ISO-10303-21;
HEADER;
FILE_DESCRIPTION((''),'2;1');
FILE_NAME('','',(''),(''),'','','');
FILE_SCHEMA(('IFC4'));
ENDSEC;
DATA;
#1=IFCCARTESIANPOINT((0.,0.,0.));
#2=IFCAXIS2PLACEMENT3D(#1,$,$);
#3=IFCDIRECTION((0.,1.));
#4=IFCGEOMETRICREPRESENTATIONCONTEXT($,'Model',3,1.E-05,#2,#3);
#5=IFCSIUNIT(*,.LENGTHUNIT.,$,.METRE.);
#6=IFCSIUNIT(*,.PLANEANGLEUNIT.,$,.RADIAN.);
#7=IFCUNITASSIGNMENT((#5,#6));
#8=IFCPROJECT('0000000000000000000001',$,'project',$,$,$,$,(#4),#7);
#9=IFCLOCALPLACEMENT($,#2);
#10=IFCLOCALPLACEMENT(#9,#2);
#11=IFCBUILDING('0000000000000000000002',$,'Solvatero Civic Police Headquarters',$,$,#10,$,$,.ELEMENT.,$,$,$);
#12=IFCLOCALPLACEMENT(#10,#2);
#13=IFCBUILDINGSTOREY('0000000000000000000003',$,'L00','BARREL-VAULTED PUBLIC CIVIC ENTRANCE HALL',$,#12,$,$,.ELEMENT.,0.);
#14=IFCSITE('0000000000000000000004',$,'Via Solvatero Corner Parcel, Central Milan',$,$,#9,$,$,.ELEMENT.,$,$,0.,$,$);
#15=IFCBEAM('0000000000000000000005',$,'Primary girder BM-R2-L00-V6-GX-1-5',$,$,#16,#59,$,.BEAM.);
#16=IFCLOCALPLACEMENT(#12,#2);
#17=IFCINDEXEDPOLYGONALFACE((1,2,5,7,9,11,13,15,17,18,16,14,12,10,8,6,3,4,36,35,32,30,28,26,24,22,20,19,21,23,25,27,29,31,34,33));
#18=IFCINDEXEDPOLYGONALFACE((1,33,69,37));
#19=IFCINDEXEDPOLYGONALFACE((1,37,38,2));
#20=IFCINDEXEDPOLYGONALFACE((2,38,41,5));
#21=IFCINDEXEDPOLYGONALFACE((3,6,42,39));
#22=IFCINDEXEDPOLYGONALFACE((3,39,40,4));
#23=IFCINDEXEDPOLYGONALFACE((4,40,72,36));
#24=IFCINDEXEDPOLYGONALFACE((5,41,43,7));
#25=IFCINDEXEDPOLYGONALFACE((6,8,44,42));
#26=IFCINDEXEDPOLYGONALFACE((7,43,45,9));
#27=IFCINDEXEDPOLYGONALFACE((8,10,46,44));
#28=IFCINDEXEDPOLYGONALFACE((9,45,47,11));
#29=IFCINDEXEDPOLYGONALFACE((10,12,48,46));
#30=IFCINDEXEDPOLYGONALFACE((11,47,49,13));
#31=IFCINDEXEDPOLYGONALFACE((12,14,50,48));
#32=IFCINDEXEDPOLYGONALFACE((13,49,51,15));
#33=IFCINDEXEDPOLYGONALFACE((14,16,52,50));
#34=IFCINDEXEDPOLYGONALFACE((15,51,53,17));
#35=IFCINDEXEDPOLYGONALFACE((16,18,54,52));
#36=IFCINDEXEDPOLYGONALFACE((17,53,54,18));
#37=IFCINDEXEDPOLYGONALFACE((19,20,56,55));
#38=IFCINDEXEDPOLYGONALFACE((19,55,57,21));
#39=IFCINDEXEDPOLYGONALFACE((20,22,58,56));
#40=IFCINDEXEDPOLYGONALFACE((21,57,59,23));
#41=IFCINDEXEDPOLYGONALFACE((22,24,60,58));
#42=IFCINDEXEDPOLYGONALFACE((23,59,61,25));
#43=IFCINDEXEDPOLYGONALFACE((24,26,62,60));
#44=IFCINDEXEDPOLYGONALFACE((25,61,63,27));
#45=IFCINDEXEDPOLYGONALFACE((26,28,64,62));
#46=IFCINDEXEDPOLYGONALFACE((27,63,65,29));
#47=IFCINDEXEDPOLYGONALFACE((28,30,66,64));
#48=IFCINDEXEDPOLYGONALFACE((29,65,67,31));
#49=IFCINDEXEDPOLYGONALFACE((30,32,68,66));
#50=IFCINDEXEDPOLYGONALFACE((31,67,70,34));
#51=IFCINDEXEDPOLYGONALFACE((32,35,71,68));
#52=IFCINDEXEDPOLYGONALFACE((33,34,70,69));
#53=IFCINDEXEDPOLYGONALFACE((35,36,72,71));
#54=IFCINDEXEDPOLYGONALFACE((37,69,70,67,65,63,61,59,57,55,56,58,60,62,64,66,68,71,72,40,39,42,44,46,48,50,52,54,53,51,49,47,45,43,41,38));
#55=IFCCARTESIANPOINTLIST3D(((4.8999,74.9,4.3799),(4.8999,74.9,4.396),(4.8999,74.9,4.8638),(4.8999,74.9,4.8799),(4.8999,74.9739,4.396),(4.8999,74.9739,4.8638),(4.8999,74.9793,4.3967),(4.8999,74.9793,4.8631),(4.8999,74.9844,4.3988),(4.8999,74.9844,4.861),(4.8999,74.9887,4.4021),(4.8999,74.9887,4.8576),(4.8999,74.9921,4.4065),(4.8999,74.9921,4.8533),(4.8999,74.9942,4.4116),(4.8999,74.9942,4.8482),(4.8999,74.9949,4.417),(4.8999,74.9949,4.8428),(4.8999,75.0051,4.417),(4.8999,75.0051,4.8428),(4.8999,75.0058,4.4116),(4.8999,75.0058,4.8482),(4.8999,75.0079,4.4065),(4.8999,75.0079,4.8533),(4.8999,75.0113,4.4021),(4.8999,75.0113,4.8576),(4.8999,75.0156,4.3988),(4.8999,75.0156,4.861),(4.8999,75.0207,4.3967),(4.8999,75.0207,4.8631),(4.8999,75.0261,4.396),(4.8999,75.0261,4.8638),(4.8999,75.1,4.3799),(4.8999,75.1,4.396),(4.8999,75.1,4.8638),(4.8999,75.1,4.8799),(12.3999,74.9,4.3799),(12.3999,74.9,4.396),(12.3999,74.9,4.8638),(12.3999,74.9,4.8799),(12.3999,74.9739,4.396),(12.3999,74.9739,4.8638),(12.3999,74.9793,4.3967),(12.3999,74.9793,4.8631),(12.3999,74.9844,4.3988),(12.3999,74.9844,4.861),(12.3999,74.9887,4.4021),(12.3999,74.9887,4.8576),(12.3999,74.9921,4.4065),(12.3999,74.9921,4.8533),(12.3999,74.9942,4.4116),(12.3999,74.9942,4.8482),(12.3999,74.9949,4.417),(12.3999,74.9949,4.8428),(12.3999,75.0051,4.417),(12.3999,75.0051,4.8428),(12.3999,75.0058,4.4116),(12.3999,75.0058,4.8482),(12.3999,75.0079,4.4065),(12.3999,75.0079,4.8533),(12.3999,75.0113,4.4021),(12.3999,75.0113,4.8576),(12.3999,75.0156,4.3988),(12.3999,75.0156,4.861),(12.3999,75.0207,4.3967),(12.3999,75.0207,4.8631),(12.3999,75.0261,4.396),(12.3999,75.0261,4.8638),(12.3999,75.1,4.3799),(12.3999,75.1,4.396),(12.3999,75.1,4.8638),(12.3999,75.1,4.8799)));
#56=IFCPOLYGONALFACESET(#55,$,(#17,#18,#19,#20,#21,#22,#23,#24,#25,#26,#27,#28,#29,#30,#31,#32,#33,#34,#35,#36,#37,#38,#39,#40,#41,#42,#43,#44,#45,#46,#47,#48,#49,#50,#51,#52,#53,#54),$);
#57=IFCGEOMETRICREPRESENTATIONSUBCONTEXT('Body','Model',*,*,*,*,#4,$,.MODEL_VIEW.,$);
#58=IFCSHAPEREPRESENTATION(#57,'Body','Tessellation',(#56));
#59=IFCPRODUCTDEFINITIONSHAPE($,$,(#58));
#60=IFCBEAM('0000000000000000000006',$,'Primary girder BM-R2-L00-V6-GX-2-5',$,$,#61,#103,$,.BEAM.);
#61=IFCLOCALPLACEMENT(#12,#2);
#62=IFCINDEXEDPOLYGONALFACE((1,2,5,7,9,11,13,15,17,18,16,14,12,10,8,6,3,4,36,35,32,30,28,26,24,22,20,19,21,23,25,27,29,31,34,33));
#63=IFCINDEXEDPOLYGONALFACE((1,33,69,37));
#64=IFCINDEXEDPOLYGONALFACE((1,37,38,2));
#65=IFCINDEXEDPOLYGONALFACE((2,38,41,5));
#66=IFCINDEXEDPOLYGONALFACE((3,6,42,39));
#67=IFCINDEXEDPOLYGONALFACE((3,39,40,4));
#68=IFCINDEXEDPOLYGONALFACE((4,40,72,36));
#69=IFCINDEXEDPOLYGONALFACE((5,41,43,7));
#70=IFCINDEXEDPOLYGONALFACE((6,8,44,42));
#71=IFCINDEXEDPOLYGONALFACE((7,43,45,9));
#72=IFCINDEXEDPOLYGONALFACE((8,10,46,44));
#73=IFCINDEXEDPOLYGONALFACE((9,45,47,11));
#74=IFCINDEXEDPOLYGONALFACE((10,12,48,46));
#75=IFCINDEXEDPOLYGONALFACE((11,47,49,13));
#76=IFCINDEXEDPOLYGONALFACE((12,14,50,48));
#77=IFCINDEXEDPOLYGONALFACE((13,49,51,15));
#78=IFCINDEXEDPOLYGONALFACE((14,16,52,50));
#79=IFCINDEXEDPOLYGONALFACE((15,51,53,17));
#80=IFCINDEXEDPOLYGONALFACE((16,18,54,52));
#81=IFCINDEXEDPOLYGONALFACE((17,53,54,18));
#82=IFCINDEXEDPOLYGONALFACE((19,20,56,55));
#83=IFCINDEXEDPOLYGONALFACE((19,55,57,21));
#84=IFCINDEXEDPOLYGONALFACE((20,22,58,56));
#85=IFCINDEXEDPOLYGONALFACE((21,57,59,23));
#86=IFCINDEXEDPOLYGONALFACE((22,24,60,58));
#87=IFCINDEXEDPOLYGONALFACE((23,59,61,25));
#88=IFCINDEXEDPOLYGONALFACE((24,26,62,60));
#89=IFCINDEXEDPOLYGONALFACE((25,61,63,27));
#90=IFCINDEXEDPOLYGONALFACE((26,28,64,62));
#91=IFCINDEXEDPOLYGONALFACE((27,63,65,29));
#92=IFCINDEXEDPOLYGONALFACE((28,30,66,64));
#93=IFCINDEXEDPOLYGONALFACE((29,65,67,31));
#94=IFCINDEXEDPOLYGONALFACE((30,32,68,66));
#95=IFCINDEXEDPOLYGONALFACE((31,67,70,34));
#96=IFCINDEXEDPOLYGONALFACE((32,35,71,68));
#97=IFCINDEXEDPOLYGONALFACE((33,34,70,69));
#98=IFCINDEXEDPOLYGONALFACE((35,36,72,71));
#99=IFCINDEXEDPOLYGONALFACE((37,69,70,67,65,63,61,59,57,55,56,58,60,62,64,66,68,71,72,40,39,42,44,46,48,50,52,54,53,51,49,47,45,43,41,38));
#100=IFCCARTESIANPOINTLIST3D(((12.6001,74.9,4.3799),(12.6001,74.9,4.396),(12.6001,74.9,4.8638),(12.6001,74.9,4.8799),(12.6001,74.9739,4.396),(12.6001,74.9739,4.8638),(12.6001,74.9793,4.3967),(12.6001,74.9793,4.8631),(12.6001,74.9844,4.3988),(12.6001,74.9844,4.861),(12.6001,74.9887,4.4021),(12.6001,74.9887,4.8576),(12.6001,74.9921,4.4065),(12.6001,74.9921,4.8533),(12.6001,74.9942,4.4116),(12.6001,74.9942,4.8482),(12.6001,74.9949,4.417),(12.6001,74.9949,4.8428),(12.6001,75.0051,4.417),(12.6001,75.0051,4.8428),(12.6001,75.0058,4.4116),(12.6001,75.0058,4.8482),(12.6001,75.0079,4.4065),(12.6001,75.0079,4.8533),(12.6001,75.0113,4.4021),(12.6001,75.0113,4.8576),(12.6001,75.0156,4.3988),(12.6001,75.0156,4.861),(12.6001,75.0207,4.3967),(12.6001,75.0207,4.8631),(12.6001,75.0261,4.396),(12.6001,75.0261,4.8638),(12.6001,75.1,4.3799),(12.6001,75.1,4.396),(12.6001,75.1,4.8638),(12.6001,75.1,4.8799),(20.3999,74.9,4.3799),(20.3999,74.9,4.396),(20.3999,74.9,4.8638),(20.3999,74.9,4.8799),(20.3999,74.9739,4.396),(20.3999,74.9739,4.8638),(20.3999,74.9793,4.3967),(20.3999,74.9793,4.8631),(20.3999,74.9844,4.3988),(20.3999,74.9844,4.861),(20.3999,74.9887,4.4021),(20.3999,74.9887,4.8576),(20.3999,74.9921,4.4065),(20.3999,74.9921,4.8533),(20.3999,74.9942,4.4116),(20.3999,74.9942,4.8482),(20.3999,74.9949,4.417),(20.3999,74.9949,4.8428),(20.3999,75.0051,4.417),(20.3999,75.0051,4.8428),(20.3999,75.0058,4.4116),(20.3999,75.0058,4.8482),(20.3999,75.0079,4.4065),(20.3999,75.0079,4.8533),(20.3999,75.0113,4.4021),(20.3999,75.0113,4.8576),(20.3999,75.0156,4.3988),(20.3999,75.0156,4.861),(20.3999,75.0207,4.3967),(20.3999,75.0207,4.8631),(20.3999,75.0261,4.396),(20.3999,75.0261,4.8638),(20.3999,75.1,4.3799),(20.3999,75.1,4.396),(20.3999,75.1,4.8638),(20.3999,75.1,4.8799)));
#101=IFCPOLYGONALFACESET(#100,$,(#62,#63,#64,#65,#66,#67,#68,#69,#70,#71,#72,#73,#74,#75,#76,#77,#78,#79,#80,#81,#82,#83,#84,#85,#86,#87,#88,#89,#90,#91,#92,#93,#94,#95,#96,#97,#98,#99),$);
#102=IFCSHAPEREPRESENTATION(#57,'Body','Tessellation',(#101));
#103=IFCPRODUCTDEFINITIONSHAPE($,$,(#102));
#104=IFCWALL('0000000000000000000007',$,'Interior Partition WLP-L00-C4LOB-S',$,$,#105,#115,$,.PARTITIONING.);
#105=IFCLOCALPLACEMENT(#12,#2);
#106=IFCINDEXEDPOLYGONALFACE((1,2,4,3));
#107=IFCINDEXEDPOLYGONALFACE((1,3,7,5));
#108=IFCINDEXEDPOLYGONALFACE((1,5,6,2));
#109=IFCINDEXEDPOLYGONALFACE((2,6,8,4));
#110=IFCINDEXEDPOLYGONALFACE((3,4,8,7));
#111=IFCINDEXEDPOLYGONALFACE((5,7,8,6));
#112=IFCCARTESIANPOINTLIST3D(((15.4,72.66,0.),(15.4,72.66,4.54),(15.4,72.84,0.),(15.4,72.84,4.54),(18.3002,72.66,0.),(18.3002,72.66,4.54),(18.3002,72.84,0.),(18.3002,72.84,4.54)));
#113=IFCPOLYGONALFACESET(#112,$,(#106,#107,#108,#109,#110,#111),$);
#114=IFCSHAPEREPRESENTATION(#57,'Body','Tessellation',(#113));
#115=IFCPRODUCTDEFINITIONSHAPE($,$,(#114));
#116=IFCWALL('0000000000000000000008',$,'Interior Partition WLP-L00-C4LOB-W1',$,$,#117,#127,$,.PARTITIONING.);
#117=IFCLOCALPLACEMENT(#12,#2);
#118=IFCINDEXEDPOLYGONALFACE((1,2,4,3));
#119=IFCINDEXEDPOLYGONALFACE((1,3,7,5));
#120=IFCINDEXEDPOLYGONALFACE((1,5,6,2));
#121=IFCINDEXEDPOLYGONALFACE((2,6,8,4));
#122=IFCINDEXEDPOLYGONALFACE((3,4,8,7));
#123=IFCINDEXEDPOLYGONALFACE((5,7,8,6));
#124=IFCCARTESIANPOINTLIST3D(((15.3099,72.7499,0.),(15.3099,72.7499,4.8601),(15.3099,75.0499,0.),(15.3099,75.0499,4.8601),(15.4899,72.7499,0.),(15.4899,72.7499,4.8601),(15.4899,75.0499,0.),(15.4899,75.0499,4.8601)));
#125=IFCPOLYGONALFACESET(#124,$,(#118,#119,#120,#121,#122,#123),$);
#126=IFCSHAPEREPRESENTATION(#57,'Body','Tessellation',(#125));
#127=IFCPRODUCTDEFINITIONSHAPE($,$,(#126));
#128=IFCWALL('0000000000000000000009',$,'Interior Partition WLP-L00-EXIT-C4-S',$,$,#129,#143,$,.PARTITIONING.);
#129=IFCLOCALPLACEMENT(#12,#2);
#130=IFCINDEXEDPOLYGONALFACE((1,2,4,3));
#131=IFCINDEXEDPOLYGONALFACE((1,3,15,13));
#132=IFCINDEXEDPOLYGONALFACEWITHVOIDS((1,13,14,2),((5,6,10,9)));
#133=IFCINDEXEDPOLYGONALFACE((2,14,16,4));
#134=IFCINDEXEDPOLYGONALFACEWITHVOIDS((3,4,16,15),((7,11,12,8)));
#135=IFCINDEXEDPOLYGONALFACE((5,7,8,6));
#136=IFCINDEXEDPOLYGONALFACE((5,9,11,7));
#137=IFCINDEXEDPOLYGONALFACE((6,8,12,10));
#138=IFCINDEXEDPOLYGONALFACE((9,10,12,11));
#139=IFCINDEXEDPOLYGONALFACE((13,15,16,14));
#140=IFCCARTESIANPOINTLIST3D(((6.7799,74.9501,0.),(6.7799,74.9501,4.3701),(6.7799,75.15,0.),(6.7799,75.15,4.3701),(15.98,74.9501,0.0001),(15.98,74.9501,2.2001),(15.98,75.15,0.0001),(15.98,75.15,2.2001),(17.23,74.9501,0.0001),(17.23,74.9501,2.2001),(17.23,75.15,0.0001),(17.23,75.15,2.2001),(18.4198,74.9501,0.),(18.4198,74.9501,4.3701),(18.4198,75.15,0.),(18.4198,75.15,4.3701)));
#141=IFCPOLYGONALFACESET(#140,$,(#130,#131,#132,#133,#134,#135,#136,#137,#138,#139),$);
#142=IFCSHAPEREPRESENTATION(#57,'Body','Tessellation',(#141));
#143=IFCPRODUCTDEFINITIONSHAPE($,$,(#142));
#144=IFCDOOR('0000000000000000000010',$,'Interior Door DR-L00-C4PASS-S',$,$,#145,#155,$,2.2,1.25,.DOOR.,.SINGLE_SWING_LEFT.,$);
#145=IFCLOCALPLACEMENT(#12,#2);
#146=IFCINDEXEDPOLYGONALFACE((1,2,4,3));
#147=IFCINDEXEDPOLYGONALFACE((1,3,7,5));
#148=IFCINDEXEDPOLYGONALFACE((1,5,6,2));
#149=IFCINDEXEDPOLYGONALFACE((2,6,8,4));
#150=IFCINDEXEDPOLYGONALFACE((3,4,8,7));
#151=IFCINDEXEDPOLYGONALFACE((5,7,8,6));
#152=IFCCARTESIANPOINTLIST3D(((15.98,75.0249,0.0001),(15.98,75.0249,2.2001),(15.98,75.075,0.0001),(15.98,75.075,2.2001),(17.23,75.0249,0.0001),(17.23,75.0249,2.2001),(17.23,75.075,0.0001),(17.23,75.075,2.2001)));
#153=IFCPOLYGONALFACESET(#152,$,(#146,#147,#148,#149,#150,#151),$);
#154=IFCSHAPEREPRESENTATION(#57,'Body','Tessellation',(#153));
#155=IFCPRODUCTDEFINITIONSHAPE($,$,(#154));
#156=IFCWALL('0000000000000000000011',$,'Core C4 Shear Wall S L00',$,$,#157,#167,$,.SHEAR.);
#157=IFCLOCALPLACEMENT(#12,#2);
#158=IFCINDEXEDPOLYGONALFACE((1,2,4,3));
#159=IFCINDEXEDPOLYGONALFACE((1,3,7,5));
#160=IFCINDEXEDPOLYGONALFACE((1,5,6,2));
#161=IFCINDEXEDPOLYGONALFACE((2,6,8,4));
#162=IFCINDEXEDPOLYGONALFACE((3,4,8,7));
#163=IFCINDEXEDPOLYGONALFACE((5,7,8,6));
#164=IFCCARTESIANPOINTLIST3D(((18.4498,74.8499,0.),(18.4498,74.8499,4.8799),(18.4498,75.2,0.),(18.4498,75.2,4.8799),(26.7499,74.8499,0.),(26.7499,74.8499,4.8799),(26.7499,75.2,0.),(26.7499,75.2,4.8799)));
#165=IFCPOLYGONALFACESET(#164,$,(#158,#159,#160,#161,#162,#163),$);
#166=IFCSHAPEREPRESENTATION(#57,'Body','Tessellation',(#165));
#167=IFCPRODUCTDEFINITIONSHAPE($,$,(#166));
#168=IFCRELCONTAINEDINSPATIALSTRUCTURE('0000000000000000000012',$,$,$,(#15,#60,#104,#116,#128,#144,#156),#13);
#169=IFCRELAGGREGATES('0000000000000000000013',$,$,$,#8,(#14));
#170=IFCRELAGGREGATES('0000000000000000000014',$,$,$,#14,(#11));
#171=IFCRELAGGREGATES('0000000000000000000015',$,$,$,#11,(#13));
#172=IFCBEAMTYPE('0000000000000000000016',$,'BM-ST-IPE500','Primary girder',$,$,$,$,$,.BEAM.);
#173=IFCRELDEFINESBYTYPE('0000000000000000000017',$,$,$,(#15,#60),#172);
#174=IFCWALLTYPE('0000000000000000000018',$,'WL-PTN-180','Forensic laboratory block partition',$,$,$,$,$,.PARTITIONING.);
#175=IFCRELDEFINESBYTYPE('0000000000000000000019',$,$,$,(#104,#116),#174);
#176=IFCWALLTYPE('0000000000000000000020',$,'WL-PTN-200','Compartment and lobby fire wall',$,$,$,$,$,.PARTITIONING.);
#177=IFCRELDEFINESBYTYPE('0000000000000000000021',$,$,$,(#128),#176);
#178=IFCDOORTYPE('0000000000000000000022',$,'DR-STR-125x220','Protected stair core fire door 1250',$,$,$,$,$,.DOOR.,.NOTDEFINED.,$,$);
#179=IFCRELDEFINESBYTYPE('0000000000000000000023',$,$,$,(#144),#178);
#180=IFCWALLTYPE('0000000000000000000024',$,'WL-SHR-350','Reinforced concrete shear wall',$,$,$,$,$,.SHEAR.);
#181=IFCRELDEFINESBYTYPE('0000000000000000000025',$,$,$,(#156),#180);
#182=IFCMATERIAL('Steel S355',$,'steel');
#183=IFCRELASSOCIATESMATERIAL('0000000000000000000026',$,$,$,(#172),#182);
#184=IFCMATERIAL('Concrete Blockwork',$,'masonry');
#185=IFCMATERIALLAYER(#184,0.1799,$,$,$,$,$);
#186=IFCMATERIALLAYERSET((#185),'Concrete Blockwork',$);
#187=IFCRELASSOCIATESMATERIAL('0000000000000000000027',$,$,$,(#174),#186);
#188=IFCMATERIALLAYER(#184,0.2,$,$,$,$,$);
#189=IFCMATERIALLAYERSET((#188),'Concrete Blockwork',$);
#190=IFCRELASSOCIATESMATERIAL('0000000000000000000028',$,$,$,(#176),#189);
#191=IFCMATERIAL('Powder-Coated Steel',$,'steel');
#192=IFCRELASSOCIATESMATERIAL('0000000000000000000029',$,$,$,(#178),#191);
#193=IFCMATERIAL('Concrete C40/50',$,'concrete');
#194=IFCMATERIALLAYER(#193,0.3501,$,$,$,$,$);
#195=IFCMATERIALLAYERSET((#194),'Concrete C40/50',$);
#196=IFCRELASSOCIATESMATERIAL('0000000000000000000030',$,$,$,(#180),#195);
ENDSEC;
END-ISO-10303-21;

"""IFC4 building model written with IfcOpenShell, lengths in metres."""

from ifc_helpers import new_model, si_unit, direction, frame, frame_2d, origin, origin_2d, place, context, subcontext, project, spatial, rectangle, i_section, extrude, material, layer, layer_set, material_profile, profile_set, type_object, element, fill, save


model = new_model("IFC4")

# Units and contexts
model_context = context("Model", 3, precision=1e-05, world=origin(), true_north=direction((0.0, 1.0)))
body_context = subcontext(model_context, "Body", "Model", "MODEL_VIEW")
ifc_project = project(units=[si_unit("LENGTHUNIT", "METRE"), si_unit("PLANEANGLEUNIT", "RADIAN")], contexts=[model_context])

# Site, building, storey
site_placement = place(None, origin())
site = spatial("IfcSite", under=ifc_project, at=site_placement, Name="Via Solvatero Corner Parcel, Central Milan", CompositionType="ELEMENT", RefElevation=0.0)
building_placement = place(site_placement, origin())
building = spatial("IfcBuilding", under=site, at=building_placement, Name="Solvatero Civic Police Headquarters", CompositionType="ELEMENT")
storey_placement = place(building_placement, origin())
storey = spatial("IfcBuildingStorey", under=building, at=storey_placement, Name="L00", Description="BARREL-VAULTED PUBLIC CIVIC ENTRANCE HALL", CompositionType="ELEMENT", Elevation=0.0)

# Shared definitions
ifc_material_1 = material(Name="Concrete C40/50", Category="concrete")

# Beams
ifc_material_2 = material(Name="Steel S355", Category="steel")
ifc_material_profile_1 = material_profile(ifc_material_2, i_section(OverallWidth=0.2, OverallDepth=0.5, WebThickness=0.0103, FlangeThickness=0.0161, FilletRadius=0.021, at=origin_2d()), Name="IPE 500")
ifc_profile_set_1 = profile_set([ifc_material_profile_1], Name="Steel S355")
beam_type_1 = type_object("IfcBeamType", Name="BM-ST-IPE500", Description="Primary girder", PredefinedType="BEAM", material=ifc_profile_set_1)
beam_1_placement = place(storey_placement, frame((4.8999, 75.0, 4.6299), z_axis=(1.0, 0.0, 0.0), x_axis=(0.0, 1.0, 0.0)))
element("IfcBeam", 1, at=beam_1_placement, inside=storey, type_object=beam_type_1, Name="Primary girder BM-R2-L00-V6-GX-1-5", PredefinedType="BEAM", context=body_context, shape_type="SweptSolid", body=[
    extrude(i_section(OverallWidth=0.2, OverallDepth=0.5, WebThickness=0.0103, FlangeThickness=0.0161, FilletRadius=0.021, at=origin_2d()), origin(), (0.0, 0.0, 1.0), 7.5),
])
beam_2_placement = place(storey_placement, frame((12.6001, 75.0, 4.6299), z_axis=(1.0, 0.0, 0.0), x_axis=(0.0, 1.0, 0.0)))
element("IfcBeam", 2, at=beam_2_placement, inside=storey, type_object=beam_type_1, Name="Primary girder BM-R2-L00-V6-GX-2-5", PredefinedType="BEAM", context=body_context, shape_type="SweptSolid", body=[
    extrude(i_section(OverallWidth=0.2, OverallDepth=0.5, WebThickness=0.0103, FlangeThickness=0.0161, FilletRadius=0.021, at=origin_2d()), origin(), (0.0, 0.0, 1.0), 7.7998),
])

# Walls
ifc_material_3 = material(Name="Concrete Blockwork", Category="masonry")
ifc_layer_1 = layer(ifc_material_3, 0.1799)
ifc_layer_set_1 = layer_set([ifc_layer_1], Name="Concrete Blockwork")
wall_type_1 = type_object("IfcWallType", Name="WL-PTN-180", Description="Forensic laboratory block partition", PredefinedType="PARTITIONING", material=ifc_layer_set_1)
wall_1_placement = place(storey_placement, frame((15.3999, 72.75, 0.0), z_axis=(0.0, 0.0, 1.0), x_axis=(1.0, 0.0, 0.0)))
element("IfcWall", 3, at=wall_1_placement, inside=storey, type_object=wall_type_1, Name="Interior Partition WLP-L00-C4LOB-S", PredefinedType="PARTITIONING", context=body_context, shape_type="SweptSolid", body=[
    extrude(rectangle(XDim=2.9001, YDim=0.1799, at=frame_2d((1.4502, 0.0))), origin(), (0.0, 0.0, 1.0), 4.54),
])
wall_2_placement = place(storey_placement, frame((15.3999, 72.75, 0.0), z_axis=(0.0, 0.0, 1.0), x_axis=(0.0, 1.0, 0.0)))
element("IfcWall", 4, at=wall_2_placement, inside=storey, type_object=wall_type_1, Name="Interior Partition WLP-L00-C4LOB-W1", PredefinedType="PARTITIONING", context=body_context, shape_type="SweptSolid", body=[
    extrude(rectangle(XDim=2.3, YDim=0.1799, at=frame_2d((1.1499, 0.0))), origin(), (0.0, 0.0, 1.0), 4.8601),
])

# Wall, opening, door
ifc_layer_2 = layer(ifc_material_3, 0.2)
ifc_layer_set_2 = layer_set([ifc_layer_2], Name="Concrete Blockwork")
wall_type_2 = type_object("IfcWallType", Name="WL-PTN-200", Description="Compartment and lobby fire wall", PredefinedType="PARTITIONING", material=ifc_layer_set_2)
wall_3_placement = place(storey_placement, frame((6.78, 75.05, 0.0), z_axis=(0.0, 0.0, 1.0), x_axis=(1.0, 0.0, 0.0)))
wall_3 = element("IfcWall", 5, at=wall_3_placement, inside=storey, type_object=wall_type_2, Name="Interior Partition WLP-L00-EXIT-C4-S", PredefinedType="PARTITIONING", context=body_context, shape_type="SweptSolid", body=[
    extrude(rectangle(XDim=11.6399, YDim=0.2, at=frame_2d((5.8198, 0.0))), origin(), (0.0, 0.0, 1.0), 4.3701),
])
opening_1_placement = place(wall_3_placement, frame((9.2, 0.0, 0.0)))
opening_1 = element("IfcOpeningElement", 6, at=opening_1_placement, cuts=wall_3, PredefinedType="OPENING", context=body_context, shape_type="SweptSolid", body=[
    extrude(rectangle(XDim=1.25, YDim=2.2, at=frame_2d((0.625, 1.1001))), frame((0.0, 0.1099, 0.0), z_axis=(0.0, -1.0, 0.0), x_axis=(1.0, 0.0, 0.0)), (0.0, 0.0, 1.0), 0.22),
])
ifc_material_4 = material(Name="Powder-Coated Steel", Category="steel")
door_type_1 = type_object("IfcDoorType", Name="DR-STR-125x220", Description="Protected stair core fire door 1250", OperationType="NOTDEFINED", PredefinedType="DOOR", material=ifc_material_4)
door_1_placement = place(opening_1_placement, origin())
door_1 = element("IfcDoor", 7, at=door_1_placement, inside=storey, type_object=door_type_1, Name="Interior Door DR-L00-C4PASS-S", OperationType="SINGLE_SWING_LEFT", OverallHeight=2.2, OverallWidth=1.25, PredefinedType="DOOR", context=body_context, shape_type="SweptSolid", body=[
    extrude(rectangle(XDim=1.25, YDim=2.2, at=frame_2d((0.625, 1.1001))), frame((0.0, 0.0249, 0.0), z_axis=(0.0, -1.0, 0.0), x_axis=(1.0, 0.0, 0.0)), (0.0, 0.0, 1.0), 0.05),
])
fill(opening_1, door_1)

# Wall
ifc_layer_3 = layer(ifc_material_1, 0.3501)
ifc_layer_set_3 = layer_set([ifc_layer_3], Name="Concrete C40/50")
wall_type_3 = type_object("IfcWallType", Name="WL-SHR-350", Description="Reinforced concrete shear wall", PredefinedType="SHEAR", material=ifc_layer_set_3)
wall_4_placement = place(storey_placement, frame((18.45, 75.0249, 0.0), z_axis=(0.0, 0.0, 1.0), x_axis=(1.0, 0.0, 0.0)))
element("IfcWall", 8, at=wall_4_placement, inside=storey, type_object=wall_type_3, Name="Core C4 Shear Wall S L00", PredefinedType="SHEAR", context=body_context, shape_type="SweptSolid", body=[
    extrude(rectangle(XDim=8.3, YDim=0.3501, at=frame_2d((4.1499, 0.0))), origin(), (0.0, 0.0, 1.0), 4.8799),
])

save(model, "model.ifc")
